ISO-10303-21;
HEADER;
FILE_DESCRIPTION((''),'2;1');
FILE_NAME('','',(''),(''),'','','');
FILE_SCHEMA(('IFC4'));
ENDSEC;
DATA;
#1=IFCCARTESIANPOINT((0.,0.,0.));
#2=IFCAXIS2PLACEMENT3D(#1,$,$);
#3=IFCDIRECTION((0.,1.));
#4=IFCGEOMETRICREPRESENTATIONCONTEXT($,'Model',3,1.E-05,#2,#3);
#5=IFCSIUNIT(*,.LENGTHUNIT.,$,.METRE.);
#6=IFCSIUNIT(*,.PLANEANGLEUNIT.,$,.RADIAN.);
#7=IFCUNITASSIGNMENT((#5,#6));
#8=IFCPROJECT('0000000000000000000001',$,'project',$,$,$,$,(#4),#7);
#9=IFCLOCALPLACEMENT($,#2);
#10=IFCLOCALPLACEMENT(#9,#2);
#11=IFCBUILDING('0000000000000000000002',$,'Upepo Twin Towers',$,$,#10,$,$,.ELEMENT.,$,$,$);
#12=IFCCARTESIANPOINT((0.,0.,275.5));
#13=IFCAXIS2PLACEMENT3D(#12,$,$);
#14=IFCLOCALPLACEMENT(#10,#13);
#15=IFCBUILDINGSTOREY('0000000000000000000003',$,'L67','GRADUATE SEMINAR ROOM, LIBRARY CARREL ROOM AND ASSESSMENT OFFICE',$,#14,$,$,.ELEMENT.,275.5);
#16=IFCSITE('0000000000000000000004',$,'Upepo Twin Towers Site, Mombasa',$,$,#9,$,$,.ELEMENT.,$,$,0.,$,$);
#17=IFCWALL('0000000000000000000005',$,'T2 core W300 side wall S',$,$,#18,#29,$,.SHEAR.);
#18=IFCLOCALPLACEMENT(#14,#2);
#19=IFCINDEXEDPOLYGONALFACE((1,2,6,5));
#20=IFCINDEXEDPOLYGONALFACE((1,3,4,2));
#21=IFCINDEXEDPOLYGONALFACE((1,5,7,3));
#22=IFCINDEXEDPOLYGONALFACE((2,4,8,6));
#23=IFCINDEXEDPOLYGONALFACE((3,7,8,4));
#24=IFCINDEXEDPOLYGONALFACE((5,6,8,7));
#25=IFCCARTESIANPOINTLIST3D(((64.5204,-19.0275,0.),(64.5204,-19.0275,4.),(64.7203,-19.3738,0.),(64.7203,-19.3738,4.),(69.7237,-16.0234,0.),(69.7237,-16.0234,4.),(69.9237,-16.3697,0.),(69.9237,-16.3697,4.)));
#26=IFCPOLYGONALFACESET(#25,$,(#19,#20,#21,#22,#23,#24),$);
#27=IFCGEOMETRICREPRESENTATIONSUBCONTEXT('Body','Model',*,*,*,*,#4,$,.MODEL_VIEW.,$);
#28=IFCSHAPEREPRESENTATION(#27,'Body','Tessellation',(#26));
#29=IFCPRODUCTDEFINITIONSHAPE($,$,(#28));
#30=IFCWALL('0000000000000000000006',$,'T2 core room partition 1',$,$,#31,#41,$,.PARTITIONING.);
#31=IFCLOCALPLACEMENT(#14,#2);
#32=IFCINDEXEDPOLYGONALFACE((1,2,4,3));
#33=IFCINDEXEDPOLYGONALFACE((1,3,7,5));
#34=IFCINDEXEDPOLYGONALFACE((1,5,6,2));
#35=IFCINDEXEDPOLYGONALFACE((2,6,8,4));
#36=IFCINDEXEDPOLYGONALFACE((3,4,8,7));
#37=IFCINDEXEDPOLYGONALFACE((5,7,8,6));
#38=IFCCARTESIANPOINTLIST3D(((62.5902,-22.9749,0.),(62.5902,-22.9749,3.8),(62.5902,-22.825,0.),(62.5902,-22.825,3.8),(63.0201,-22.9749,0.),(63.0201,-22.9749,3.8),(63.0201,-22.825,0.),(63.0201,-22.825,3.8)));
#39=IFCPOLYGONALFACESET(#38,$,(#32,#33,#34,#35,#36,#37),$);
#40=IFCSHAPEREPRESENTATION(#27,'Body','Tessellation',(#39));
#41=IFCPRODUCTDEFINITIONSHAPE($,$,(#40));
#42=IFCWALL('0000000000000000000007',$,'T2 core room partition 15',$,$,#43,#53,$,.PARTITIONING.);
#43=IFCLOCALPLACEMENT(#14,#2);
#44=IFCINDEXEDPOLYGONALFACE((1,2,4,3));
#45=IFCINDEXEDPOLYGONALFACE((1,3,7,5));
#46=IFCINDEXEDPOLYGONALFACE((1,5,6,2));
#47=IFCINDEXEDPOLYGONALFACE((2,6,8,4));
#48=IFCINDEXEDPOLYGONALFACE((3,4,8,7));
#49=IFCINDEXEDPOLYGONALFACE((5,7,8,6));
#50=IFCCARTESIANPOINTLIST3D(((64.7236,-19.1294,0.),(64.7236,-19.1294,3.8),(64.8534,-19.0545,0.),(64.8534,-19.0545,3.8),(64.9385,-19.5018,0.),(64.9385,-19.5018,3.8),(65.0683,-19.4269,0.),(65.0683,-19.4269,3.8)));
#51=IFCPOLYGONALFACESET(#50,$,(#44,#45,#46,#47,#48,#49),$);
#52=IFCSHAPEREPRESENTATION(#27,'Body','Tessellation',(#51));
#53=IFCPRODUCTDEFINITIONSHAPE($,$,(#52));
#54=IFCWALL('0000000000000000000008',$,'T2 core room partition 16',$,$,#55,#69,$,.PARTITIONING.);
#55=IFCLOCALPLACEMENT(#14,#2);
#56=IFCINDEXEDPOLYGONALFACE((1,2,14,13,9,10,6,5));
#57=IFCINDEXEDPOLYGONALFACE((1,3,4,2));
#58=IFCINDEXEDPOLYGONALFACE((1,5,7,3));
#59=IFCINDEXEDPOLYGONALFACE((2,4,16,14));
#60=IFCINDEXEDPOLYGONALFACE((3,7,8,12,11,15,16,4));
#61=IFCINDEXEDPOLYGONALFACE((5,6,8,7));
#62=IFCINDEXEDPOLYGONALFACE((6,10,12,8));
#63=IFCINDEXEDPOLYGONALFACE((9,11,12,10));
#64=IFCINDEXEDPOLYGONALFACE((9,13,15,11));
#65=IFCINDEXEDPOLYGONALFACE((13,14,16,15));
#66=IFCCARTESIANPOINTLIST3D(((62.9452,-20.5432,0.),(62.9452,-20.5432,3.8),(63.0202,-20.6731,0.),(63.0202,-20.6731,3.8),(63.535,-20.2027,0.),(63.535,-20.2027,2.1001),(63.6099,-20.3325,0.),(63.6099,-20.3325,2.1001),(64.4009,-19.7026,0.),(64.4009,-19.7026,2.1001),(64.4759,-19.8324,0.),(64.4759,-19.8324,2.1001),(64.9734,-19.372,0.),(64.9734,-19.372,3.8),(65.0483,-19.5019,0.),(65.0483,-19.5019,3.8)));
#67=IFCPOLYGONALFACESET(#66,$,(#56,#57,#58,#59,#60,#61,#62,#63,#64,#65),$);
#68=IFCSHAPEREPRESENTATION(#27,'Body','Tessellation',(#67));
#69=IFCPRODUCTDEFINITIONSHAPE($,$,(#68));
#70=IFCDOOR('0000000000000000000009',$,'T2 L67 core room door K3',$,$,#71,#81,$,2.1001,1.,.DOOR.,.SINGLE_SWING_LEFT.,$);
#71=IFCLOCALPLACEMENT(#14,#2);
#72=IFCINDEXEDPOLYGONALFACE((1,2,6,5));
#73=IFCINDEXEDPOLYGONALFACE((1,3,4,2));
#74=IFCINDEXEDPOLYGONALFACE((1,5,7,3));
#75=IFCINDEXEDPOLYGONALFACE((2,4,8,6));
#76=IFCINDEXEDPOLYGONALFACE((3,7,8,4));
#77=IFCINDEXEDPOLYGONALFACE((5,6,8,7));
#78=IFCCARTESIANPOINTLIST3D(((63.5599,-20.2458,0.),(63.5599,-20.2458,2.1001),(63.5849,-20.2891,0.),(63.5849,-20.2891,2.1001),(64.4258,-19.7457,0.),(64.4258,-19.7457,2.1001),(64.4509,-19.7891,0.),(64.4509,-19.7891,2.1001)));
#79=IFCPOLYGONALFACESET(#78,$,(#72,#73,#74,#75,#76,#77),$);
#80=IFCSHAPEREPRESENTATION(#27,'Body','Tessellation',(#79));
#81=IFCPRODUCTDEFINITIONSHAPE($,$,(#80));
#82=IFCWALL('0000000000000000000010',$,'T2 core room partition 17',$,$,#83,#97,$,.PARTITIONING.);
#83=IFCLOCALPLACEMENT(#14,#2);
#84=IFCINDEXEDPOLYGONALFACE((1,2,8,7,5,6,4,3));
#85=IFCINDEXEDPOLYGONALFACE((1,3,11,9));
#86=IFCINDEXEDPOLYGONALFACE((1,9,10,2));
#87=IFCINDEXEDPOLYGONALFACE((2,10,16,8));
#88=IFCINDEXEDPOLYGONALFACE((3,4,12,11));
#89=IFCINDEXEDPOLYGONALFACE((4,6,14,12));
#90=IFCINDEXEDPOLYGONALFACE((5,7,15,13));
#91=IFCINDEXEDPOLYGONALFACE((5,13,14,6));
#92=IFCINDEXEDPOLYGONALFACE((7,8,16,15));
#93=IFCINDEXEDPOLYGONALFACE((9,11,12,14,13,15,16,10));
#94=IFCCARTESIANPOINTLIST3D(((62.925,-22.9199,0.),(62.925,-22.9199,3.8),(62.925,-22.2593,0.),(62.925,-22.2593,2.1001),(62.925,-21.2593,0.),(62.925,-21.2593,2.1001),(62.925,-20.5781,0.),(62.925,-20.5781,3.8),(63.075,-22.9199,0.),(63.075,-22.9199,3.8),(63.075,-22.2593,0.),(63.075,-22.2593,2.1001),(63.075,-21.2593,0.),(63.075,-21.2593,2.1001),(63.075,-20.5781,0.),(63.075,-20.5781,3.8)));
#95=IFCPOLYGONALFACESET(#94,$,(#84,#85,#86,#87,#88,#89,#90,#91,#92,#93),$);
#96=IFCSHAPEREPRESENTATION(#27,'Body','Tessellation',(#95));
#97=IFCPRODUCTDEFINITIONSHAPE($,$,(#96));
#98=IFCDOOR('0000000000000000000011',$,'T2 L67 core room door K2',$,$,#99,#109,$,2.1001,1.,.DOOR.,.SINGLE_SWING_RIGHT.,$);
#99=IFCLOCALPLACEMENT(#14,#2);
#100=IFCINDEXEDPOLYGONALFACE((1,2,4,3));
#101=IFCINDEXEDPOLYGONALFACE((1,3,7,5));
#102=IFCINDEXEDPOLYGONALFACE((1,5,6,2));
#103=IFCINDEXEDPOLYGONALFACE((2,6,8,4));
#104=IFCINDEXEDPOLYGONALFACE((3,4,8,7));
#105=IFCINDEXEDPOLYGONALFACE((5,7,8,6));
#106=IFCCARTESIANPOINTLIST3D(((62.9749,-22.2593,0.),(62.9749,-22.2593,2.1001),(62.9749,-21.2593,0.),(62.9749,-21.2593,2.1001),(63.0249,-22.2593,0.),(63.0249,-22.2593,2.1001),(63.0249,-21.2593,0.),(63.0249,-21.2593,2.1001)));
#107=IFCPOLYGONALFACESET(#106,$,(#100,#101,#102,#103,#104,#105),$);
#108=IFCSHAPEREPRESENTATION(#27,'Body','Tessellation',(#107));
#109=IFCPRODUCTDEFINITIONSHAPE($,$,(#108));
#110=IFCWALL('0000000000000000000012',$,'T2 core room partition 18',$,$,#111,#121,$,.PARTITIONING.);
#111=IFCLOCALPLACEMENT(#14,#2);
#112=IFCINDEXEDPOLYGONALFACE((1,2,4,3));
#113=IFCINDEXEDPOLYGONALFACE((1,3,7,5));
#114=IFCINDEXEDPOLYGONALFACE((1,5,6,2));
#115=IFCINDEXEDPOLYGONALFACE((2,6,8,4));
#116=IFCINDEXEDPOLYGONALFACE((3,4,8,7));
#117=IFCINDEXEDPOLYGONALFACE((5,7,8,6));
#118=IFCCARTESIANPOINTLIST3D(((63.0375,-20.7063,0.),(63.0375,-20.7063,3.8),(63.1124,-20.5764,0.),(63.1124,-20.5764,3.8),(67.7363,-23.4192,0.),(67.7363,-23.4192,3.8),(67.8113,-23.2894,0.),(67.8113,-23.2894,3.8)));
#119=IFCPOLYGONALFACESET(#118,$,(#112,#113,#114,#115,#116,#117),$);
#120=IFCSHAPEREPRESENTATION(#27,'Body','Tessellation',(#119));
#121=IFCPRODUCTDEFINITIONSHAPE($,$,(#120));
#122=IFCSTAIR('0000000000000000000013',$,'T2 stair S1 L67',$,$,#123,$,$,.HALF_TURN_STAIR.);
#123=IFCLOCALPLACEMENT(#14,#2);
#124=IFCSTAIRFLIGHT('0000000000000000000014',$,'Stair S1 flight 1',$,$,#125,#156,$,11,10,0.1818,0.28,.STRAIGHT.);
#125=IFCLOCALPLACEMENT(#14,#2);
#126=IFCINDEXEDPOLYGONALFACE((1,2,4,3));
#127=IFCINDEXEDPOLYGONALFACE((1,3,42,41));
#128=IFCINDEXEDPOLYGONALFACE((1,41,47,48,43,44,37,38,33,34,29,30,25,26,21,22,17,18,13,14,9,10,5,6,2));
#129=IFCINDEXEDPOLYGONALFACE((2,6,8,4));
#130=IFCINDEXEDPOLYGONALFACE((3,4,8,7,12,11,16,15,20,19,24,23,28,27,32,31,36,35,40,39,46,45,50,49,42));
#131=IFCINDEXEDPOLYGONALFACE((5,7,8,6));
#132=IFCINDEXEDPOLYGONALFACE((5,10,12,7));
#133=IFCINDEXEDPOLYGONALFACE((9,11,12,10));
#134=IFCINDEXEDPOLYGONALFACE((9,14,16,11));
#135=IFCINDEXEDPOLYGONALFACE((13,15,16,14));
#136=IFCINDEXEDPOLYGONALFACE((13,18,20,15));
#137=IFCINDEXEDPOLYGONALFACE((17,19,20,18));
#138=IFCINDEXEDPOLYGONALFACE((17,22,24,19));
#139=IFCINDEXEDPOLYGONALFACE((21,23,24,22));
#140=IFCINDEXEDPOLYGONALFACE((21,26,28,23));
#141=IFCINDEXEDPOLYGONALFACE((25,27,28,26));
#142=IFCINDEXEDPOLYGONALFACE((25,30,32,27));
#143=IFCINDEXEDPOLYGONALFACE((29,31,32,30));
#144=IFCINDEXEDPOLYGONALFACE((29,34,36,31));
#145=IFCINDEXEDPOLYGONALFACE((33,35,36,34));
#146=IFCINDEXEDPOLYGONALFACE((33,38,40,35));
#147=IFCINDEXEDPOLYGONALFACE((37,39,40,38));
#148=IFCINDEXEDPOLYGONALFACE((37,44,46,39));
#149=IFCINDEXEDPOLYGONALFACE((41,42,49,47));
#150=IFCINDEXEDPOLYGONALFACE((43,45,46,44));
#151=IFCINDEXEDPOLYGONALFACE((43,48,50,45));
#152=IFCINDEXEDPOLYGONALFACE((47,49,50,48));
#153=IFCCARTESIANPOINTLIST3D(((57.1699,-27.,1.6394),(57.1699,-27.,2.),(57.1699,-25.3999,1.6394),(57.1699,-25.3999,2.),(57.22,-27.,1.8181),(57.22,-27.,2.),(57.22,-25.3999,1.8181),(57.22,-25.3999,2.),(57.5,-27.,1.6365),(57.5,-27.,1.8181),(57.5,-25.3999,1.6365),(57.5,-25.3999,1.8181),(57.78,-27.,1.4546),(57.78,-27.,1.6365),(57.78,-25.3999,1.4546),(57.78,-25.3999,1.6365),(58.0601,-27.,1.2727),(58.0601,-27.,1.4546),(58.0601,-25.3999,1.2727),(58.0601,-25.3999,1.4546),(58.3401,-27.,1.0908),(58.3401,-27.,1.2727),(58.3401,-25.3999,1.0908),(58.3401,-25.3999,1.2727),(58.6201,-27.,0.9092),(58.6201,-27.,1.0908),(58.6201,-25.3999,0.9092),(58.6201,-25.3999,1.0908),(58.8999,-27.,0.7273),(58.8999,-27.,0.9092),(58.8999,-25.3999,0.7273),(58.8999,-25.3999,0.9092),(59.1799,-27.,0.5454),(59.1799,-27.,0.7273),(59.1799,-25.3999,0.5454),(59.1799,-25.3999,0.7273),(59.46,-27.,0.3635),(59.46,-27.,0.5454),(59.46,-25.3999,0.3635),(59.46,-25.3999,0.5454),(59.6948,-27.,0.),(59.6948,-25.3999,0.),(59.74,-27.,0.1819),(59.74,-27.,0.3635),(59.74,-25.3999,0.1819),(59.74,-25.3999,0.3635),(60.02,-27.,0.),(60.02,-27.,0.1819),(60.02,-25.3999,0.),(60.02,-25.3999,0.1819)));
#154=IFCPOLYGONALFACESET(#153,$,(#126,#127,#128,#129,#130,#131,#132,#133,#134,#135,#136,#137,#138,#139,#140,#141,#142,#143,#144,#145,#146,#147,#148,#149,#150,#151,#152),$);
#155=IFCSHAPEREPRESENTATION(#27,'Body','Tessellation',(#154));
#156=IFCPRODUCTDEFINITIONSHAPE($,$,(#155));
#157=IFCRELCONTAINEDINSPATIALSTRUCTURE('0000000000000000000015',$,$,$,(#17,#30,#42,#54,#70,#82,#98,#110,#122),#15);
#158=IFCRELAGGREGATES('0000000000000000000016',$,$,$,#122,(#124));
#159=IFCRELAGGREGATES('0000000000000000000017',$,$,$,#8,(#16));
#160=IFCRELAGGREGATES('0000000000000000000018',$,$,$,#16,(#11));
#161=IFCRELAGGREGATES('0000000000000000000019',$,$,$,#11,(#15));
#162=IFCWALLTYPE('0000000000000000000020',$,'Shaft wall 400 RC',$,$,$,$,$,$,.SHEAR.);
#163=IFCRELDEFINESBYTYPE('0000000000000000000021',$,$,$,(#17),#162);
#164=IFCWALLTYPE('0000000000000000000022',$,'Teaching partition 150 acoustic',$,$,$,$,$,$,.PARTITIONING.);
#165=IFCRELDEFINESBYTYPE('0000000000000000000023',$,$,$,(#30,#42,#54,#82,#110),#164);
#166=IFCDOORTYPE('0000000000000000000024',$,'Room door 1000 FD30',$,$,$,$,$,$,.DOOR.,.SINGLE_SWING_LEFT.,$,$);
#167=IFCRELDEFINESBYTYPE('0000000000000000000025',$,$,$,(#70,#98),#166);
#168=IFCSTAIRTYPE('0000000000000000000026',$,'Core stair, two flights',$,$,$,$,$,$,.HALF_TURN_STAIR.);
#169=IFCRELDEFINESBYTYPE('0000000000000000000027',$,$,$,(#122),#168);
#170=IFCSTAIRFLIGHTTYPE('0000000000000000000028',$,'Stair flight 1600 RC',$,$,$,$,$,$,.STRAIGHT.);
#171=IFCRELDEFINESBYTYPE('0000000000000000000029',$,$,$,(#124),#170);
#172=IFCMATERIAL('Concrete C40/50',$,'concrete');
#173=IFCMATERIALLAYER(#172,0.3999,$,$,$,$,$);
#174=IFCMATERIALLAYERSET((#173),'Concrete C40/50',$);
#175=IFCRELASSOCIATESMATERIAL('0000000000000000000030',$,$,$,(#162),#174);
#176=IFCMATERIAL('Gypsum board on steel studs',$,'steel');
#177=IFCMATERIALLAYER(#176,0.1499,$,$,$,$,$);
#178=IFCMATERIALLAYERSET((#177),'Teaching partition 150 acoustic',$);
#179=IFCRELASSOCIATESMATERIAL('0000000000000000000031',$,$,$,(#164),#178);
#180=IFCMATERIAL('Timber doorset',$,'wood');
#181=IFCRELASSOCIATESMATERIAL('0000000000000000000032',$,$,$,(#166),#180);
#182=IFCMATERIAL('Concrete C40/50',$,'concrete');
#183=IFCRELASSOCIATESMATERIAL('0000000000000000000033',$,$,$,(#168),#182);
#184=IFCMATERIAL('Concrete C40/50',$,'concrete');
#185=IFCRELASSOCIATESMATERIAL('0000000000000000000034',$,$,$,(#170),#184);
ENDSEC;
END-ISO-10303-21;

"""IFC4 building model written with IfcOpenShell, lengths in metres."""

from ifc_helpers import new_model, si_unit, direction, frame, frame_2d, origin, place, context, subcontext, project, spatial, polyline, rectangle, outline, extrude, material, layer, layer_set, type_object, element, fill, aggregate, save


model = new_model("IFC4")

# Units and contexts
model_context = context("Model", 3, precision=1e-05, world=origin(), true_north=direction((0.0, 1.0)))
body_context = subcontext(model_context, "Body", "Model", "MODEL_VIEW")
ifc_project = project(units=[si_unit("LENGTHUNIT", "METRE"), si_unit("PLANEANGLEUNIT", "RADIAN")], contexts=[model_context])

# Site, building, storey
site_placement = place(None, origin())
site = spatial("IfcSite", under=ifc_project, at=site_placement, Name="Upepo Twin Towers Site, Mombasa", CompositionType="ELEMENT", RefElevation=0.0)
building_placement = place(site_placement, origin())
building = spatial("IfcBuilding", under=site, at=building_placement, Name="Upepo Twin Towers", CompositionType="ELEMENT")
storey_placement = place(building_placement, frame((0.0, 0.0, 275.5)))
storey = spatial("IfcBuildingStorey", under=building, at=storey_placement, Name="L67", Description="GRADUATE SEMINAR ROOM, LIBRARY CARREL ROOM AND ASSESSMENT OFFICE", CompositionType="ELEMENT", Elevation=275.5)

# Walls
ifc_material_1 = material(Name="Concrete C40/50", Category="concrete")
ifc_layer_1 = layer(ifc_material_1, 0.3999)
ifc_layer_set_1 = layer_set([ifc_layer_1], Name="Concrete C40/50")
wall_type_1 = type_object("IfcWallType", Name="Shaft wall 400 RC", PredefinedType="SHEAR", material=ifc_layer_set_1)
for number, where, z_axis, x_axis, name in (
    (1, (64.6204, -19.2007, 0.0), (0.0, 0.0, 1.0), (0.866027, 0.499998, 0.0), "T2 core W300 side wall S"),
):
    element("IfcWall", number, at=place(storey_placement, frame(where, z_axis=z_axis, x_axis=x_axis)), inside=storey, type_object=wall_type_1, Name=name, PredefinedType="SHEAR", context=body_context, shape_type="SweptSolid", body=[
        extrude(rectangle(XDim=6.0083, YDim=0.3999, at=frame_2d((3.0042, 0.0))), origin(), (0.0, 0.0, 1.0), 4.0),
    ])
ifc_material_2 = material(Name="Gypsum board on steel studs", Category="steel")
ifc_layer_2 = layer(ifc_material_2, 0.1499)
ifc_layer_set_2 = layer_set([ifc_layer_2], Name="Teaching partition 150 acoustic")
wall_type_2 = type_object("IfcWallType", Name="Teaching partition 150 acoustic", PredefinedType="PARTITIONING", material=ifc_layer_set_2)
for number, where, z_axis, x_axis, name in (
    (2, (63.02, -22.8999, 0.0), (0.0, 0.0, 1.0), (-1.0, 0.0, 0.0), "T2 core room partition 1"),
    (3, (64.7886, -19.092, 0.0), (0.0, 0.0, 1.0), (0.499804, -0.866138, 0.0), "T2 core room partition 15"),
):
    element("IfcWall", number, at=place(storey_placement, frame(where, z_axis=z_axis, x_axis=x_axis)), inside=storey, type_object=wall_type_2, Name=name, PredefinedType="PARTITIONING", context=body_context, shape_type="SweptSolid", body=[
        extrude(rectangle(XDim=0.4299, YDim=0.1499, at=frame_2d((0.2148, 0.0))), origin(), (0.0, 0.0, 1.0), 3.8),
    ])

# Walls, openings, doors
wall_1_placement = place(storey_placement, frame((65.0107, -19.437, 0.0), z_axis=(0.0, 0.0, 1.0), x_axis=(-0.865982, -0.500074, 0.0)))
wall_1 = element("IfcWall", 4, at=wall_1_placement, inside=storey, type_object=wall_type_2, Name="T2 core room partition 16", PredefinedType="PARTITIONING", context=body_context, shape_type="SweptSolid", body=[
    extrude(rectangle(XDim=2.342, YDim=0.1499, at=frame_2d((1.1709, 0.0))), origin(), (0.0, 0.0, 1.0), 3.8),
])
opening_1_placement = place(wall_1_placement, frame((0.6609, 0.0, 0.0)))
opening_1 = element("IfcOpeningElement", 5, at=opening_1_placement, cuts=wall_1, PredefinedType="OPENING", context=body_context, shape_type="SweptSolid", body=[
    extrude(rectangle(XDim=1.0, YDim=2.1001, at=frame_2d((0.5, 1.05))), frame((0.0, 0.085, 0.0), z_axis=(0.0, -1.0, 0.0), x_axis=(1.0, 0.0, 0.0)), (0.0, 0.0, 1.0), 0.1699),
])
ifc_material_3 = material(Name="Timber doorset", Category="wood")
door_type_1 = type_object("IfcDoorType", Name="Room door 1000 FD30", OperationType="SINGLE_SWING_LEFT", PredefinedType="DOOR", material=ifc_material_3)
door_1_placement = place(opening_1_placement, origin())
door_1 = element("IfcDoor", 6, at=door_1_placement, inside=storey, type_object=door_type_1, Name="T2 L67 core room door K3", OperationType="SINGLE_SWING_LEFT", OverallHeight=2.1001, OverallWidth=1.0, PredefinedType="DOOR", context=body_context, shape_type="SweptSolid", body=[
    extrude(rectangle(XDim=1.0, YDim=2.1001, at=frame_2d((0.5, 1.05))), frame((0.0, 0.0249, 0.0), z_axis=(0.0, -1.0, 0.0), x_axis=(1.0, 0.0, 0.0)), (0.0, 0.0, 1.0), 0.05),
])
fill(opening_1, door_1)
wall_2_placement = place(storey_placement, frame((63.0, -20.5781, 0.0), z_axis=(0.0, 0.0, 1.0), x_axis=(0.0, -1.0, 0.0)))
wall_2 = element("IfcWall", 7, at=wall_2_placement, inside=storey, type_object=wall_type_2, Name="T2 core room partition 17", PredefinedType="PARTITIONING", context=body_context, shape_type="SweptSolid", body=[
    extrude(rectangle(XDim=2.3418, YDim=0.1499, at=frame_2d((1.1709, 0.0))), origin(), (0.0, 0.0, 1.0), 3.8),
])
opening_2_placement = place(wall_2_placement, frame((0.6812, 0.0, 0.0)))
opening_2 = element("IfcOpeningElement", 8, at=opening_2_placement, cuts=wall_2, PredefinedType="OPENING", context=body_context, shape_type="SweptSolid", body=[
    extrude(rectangle(XDim=1.0, YDim=2.1001, at=frame_2d((0.5, 1.05))), frame((0.0, 0.085, 0.0), z_axis=(0.0, -1.0, 0.0), x_axis=(1.0, 0.0, 0.0)), (0.0, 0.0, 1.0), 0.1699),
])
door_2_placement = place(opening_2_placement, origin())
door_2 = element("IfcDoor", 9, at=door_2_placement, inside=storey, type_object=door_type_1, Name="T2 L67 core room door K2", OperationType="SINGLE_SWING_RIGHT", OverallHeight=2.1001, OverallWidth=1.0, PredefinedType="DOOR", context=body_context, shape_type="SweptSolid", body=[
    extrude(rectangle(XDim=1.0, YDim=2.1001, at=frame_2d((0.5, 1.05))), frame((0.0, 0.0249, 0.0), z_axis=(0.0, -1.0, 0.0), x_axis=(1.0, 0.0, 0.0)), (0.0, 0.0, 1.0), 0.05),
])
fill(opening_2, door_2)

# Wall
wall_3_placement = place(storey_placement, frame((63.075, -20.6414, 0.0), z_axis=(0.0, 0.0, 1.0), x_axis=(0.866019, -0.500011, 0.0)))
element("IfcWall", 10, at=wall_3_placement, inside=storey, type_object=wall_type_2, Name="T2 core room partition 18", PredefinedType="PARTITIONING", context=body_context, shape_type="SweptSolid", body=[
    extrude(rectangle(XDim=5.4258, YDim=0.1499, at=frame_2d((2.7129, 0.0))), origin(), (0.0, 0.0, 1.0), 3.8),
])

# Stair, stair flight
ifc_material_4 = material(Name="Concrete C40/50", Category="concrete")
stair_type = type_object("IfcStairType", Name="Core stair, two flights", PredefinedType="HALF_TURN_STAIR", material=ifc_material_4)
stair_placement = place(storey_placement, origin())
stair = element("IfcStair", 11, at=stair_placement, inside=storey, type_object=stair_type, Name="T2 stair S1 L67", PredefinedType="HALF_TURN_STAIR")
ifc_material_5 = material(Name="Concrete C40/50", Category="concrete")
stair_flight_type = type_object("IfcStairFlightType", Name="Stair flight 1600 RC", PredefinedType="STRAIGHT", material=ifc_material_5)
stair_flight_1_placement = place(storey_placement, frame((60.02, -26.2, 0.0), z_axis=(0.0, 0.0, 1.0), x_axis=(-1.0, 0.0, 0.0)))
stair_flight_1 = element("IfcStairFlight", 12, at=stair_flight_1_placement, type_object=stair_flight_type, Name="Stair S1 flight 1", NumberOfRisers=11, NumberOfTreads=10, PredefinedType="STRAIGHT", RiserHeight=0.1818, TreadLength=0.28, context=body_context, shape_type="SweptSolid", body=[
    extrude(outline(polyline([(0.0, 0.0), (0.0, 0.1819), (0.28, 0.1819), (0.28, 0.3635), (0.5601, 0.3635), (0.5601, 0.5454), (0.8401, 0.5454), (0.8401, 0.7273), (1.1201, 0.7273), (1.1201, 0.9092), (1.3999, 0.9092), (1.3999, 1.0908), (1.6799, 1.0908), (1.6799, 1.2727), (1.96, 1.2727), (1.96, 1.4546), (2.24, 1.4546), (2.24, 1.6365), (2.52, 1.6365), (2.52, 1.8181), (2.8, 1.8181), (2.8, 2.0), (2.8501, 2.0), (2.8501, 1.6394), (0.3252, 0.0), (0.0, 0.0)])), frame((0.0, 0.8, 0.0), z_axis=(0.0, -1.0, 0.0), x_axis=(1.0, 0.0, 0.0)), (0.0, 0.0, 1.0), 1.6001),
])
aggregate(stair, [stair_flight_1])

save(model, "model.ifc")
